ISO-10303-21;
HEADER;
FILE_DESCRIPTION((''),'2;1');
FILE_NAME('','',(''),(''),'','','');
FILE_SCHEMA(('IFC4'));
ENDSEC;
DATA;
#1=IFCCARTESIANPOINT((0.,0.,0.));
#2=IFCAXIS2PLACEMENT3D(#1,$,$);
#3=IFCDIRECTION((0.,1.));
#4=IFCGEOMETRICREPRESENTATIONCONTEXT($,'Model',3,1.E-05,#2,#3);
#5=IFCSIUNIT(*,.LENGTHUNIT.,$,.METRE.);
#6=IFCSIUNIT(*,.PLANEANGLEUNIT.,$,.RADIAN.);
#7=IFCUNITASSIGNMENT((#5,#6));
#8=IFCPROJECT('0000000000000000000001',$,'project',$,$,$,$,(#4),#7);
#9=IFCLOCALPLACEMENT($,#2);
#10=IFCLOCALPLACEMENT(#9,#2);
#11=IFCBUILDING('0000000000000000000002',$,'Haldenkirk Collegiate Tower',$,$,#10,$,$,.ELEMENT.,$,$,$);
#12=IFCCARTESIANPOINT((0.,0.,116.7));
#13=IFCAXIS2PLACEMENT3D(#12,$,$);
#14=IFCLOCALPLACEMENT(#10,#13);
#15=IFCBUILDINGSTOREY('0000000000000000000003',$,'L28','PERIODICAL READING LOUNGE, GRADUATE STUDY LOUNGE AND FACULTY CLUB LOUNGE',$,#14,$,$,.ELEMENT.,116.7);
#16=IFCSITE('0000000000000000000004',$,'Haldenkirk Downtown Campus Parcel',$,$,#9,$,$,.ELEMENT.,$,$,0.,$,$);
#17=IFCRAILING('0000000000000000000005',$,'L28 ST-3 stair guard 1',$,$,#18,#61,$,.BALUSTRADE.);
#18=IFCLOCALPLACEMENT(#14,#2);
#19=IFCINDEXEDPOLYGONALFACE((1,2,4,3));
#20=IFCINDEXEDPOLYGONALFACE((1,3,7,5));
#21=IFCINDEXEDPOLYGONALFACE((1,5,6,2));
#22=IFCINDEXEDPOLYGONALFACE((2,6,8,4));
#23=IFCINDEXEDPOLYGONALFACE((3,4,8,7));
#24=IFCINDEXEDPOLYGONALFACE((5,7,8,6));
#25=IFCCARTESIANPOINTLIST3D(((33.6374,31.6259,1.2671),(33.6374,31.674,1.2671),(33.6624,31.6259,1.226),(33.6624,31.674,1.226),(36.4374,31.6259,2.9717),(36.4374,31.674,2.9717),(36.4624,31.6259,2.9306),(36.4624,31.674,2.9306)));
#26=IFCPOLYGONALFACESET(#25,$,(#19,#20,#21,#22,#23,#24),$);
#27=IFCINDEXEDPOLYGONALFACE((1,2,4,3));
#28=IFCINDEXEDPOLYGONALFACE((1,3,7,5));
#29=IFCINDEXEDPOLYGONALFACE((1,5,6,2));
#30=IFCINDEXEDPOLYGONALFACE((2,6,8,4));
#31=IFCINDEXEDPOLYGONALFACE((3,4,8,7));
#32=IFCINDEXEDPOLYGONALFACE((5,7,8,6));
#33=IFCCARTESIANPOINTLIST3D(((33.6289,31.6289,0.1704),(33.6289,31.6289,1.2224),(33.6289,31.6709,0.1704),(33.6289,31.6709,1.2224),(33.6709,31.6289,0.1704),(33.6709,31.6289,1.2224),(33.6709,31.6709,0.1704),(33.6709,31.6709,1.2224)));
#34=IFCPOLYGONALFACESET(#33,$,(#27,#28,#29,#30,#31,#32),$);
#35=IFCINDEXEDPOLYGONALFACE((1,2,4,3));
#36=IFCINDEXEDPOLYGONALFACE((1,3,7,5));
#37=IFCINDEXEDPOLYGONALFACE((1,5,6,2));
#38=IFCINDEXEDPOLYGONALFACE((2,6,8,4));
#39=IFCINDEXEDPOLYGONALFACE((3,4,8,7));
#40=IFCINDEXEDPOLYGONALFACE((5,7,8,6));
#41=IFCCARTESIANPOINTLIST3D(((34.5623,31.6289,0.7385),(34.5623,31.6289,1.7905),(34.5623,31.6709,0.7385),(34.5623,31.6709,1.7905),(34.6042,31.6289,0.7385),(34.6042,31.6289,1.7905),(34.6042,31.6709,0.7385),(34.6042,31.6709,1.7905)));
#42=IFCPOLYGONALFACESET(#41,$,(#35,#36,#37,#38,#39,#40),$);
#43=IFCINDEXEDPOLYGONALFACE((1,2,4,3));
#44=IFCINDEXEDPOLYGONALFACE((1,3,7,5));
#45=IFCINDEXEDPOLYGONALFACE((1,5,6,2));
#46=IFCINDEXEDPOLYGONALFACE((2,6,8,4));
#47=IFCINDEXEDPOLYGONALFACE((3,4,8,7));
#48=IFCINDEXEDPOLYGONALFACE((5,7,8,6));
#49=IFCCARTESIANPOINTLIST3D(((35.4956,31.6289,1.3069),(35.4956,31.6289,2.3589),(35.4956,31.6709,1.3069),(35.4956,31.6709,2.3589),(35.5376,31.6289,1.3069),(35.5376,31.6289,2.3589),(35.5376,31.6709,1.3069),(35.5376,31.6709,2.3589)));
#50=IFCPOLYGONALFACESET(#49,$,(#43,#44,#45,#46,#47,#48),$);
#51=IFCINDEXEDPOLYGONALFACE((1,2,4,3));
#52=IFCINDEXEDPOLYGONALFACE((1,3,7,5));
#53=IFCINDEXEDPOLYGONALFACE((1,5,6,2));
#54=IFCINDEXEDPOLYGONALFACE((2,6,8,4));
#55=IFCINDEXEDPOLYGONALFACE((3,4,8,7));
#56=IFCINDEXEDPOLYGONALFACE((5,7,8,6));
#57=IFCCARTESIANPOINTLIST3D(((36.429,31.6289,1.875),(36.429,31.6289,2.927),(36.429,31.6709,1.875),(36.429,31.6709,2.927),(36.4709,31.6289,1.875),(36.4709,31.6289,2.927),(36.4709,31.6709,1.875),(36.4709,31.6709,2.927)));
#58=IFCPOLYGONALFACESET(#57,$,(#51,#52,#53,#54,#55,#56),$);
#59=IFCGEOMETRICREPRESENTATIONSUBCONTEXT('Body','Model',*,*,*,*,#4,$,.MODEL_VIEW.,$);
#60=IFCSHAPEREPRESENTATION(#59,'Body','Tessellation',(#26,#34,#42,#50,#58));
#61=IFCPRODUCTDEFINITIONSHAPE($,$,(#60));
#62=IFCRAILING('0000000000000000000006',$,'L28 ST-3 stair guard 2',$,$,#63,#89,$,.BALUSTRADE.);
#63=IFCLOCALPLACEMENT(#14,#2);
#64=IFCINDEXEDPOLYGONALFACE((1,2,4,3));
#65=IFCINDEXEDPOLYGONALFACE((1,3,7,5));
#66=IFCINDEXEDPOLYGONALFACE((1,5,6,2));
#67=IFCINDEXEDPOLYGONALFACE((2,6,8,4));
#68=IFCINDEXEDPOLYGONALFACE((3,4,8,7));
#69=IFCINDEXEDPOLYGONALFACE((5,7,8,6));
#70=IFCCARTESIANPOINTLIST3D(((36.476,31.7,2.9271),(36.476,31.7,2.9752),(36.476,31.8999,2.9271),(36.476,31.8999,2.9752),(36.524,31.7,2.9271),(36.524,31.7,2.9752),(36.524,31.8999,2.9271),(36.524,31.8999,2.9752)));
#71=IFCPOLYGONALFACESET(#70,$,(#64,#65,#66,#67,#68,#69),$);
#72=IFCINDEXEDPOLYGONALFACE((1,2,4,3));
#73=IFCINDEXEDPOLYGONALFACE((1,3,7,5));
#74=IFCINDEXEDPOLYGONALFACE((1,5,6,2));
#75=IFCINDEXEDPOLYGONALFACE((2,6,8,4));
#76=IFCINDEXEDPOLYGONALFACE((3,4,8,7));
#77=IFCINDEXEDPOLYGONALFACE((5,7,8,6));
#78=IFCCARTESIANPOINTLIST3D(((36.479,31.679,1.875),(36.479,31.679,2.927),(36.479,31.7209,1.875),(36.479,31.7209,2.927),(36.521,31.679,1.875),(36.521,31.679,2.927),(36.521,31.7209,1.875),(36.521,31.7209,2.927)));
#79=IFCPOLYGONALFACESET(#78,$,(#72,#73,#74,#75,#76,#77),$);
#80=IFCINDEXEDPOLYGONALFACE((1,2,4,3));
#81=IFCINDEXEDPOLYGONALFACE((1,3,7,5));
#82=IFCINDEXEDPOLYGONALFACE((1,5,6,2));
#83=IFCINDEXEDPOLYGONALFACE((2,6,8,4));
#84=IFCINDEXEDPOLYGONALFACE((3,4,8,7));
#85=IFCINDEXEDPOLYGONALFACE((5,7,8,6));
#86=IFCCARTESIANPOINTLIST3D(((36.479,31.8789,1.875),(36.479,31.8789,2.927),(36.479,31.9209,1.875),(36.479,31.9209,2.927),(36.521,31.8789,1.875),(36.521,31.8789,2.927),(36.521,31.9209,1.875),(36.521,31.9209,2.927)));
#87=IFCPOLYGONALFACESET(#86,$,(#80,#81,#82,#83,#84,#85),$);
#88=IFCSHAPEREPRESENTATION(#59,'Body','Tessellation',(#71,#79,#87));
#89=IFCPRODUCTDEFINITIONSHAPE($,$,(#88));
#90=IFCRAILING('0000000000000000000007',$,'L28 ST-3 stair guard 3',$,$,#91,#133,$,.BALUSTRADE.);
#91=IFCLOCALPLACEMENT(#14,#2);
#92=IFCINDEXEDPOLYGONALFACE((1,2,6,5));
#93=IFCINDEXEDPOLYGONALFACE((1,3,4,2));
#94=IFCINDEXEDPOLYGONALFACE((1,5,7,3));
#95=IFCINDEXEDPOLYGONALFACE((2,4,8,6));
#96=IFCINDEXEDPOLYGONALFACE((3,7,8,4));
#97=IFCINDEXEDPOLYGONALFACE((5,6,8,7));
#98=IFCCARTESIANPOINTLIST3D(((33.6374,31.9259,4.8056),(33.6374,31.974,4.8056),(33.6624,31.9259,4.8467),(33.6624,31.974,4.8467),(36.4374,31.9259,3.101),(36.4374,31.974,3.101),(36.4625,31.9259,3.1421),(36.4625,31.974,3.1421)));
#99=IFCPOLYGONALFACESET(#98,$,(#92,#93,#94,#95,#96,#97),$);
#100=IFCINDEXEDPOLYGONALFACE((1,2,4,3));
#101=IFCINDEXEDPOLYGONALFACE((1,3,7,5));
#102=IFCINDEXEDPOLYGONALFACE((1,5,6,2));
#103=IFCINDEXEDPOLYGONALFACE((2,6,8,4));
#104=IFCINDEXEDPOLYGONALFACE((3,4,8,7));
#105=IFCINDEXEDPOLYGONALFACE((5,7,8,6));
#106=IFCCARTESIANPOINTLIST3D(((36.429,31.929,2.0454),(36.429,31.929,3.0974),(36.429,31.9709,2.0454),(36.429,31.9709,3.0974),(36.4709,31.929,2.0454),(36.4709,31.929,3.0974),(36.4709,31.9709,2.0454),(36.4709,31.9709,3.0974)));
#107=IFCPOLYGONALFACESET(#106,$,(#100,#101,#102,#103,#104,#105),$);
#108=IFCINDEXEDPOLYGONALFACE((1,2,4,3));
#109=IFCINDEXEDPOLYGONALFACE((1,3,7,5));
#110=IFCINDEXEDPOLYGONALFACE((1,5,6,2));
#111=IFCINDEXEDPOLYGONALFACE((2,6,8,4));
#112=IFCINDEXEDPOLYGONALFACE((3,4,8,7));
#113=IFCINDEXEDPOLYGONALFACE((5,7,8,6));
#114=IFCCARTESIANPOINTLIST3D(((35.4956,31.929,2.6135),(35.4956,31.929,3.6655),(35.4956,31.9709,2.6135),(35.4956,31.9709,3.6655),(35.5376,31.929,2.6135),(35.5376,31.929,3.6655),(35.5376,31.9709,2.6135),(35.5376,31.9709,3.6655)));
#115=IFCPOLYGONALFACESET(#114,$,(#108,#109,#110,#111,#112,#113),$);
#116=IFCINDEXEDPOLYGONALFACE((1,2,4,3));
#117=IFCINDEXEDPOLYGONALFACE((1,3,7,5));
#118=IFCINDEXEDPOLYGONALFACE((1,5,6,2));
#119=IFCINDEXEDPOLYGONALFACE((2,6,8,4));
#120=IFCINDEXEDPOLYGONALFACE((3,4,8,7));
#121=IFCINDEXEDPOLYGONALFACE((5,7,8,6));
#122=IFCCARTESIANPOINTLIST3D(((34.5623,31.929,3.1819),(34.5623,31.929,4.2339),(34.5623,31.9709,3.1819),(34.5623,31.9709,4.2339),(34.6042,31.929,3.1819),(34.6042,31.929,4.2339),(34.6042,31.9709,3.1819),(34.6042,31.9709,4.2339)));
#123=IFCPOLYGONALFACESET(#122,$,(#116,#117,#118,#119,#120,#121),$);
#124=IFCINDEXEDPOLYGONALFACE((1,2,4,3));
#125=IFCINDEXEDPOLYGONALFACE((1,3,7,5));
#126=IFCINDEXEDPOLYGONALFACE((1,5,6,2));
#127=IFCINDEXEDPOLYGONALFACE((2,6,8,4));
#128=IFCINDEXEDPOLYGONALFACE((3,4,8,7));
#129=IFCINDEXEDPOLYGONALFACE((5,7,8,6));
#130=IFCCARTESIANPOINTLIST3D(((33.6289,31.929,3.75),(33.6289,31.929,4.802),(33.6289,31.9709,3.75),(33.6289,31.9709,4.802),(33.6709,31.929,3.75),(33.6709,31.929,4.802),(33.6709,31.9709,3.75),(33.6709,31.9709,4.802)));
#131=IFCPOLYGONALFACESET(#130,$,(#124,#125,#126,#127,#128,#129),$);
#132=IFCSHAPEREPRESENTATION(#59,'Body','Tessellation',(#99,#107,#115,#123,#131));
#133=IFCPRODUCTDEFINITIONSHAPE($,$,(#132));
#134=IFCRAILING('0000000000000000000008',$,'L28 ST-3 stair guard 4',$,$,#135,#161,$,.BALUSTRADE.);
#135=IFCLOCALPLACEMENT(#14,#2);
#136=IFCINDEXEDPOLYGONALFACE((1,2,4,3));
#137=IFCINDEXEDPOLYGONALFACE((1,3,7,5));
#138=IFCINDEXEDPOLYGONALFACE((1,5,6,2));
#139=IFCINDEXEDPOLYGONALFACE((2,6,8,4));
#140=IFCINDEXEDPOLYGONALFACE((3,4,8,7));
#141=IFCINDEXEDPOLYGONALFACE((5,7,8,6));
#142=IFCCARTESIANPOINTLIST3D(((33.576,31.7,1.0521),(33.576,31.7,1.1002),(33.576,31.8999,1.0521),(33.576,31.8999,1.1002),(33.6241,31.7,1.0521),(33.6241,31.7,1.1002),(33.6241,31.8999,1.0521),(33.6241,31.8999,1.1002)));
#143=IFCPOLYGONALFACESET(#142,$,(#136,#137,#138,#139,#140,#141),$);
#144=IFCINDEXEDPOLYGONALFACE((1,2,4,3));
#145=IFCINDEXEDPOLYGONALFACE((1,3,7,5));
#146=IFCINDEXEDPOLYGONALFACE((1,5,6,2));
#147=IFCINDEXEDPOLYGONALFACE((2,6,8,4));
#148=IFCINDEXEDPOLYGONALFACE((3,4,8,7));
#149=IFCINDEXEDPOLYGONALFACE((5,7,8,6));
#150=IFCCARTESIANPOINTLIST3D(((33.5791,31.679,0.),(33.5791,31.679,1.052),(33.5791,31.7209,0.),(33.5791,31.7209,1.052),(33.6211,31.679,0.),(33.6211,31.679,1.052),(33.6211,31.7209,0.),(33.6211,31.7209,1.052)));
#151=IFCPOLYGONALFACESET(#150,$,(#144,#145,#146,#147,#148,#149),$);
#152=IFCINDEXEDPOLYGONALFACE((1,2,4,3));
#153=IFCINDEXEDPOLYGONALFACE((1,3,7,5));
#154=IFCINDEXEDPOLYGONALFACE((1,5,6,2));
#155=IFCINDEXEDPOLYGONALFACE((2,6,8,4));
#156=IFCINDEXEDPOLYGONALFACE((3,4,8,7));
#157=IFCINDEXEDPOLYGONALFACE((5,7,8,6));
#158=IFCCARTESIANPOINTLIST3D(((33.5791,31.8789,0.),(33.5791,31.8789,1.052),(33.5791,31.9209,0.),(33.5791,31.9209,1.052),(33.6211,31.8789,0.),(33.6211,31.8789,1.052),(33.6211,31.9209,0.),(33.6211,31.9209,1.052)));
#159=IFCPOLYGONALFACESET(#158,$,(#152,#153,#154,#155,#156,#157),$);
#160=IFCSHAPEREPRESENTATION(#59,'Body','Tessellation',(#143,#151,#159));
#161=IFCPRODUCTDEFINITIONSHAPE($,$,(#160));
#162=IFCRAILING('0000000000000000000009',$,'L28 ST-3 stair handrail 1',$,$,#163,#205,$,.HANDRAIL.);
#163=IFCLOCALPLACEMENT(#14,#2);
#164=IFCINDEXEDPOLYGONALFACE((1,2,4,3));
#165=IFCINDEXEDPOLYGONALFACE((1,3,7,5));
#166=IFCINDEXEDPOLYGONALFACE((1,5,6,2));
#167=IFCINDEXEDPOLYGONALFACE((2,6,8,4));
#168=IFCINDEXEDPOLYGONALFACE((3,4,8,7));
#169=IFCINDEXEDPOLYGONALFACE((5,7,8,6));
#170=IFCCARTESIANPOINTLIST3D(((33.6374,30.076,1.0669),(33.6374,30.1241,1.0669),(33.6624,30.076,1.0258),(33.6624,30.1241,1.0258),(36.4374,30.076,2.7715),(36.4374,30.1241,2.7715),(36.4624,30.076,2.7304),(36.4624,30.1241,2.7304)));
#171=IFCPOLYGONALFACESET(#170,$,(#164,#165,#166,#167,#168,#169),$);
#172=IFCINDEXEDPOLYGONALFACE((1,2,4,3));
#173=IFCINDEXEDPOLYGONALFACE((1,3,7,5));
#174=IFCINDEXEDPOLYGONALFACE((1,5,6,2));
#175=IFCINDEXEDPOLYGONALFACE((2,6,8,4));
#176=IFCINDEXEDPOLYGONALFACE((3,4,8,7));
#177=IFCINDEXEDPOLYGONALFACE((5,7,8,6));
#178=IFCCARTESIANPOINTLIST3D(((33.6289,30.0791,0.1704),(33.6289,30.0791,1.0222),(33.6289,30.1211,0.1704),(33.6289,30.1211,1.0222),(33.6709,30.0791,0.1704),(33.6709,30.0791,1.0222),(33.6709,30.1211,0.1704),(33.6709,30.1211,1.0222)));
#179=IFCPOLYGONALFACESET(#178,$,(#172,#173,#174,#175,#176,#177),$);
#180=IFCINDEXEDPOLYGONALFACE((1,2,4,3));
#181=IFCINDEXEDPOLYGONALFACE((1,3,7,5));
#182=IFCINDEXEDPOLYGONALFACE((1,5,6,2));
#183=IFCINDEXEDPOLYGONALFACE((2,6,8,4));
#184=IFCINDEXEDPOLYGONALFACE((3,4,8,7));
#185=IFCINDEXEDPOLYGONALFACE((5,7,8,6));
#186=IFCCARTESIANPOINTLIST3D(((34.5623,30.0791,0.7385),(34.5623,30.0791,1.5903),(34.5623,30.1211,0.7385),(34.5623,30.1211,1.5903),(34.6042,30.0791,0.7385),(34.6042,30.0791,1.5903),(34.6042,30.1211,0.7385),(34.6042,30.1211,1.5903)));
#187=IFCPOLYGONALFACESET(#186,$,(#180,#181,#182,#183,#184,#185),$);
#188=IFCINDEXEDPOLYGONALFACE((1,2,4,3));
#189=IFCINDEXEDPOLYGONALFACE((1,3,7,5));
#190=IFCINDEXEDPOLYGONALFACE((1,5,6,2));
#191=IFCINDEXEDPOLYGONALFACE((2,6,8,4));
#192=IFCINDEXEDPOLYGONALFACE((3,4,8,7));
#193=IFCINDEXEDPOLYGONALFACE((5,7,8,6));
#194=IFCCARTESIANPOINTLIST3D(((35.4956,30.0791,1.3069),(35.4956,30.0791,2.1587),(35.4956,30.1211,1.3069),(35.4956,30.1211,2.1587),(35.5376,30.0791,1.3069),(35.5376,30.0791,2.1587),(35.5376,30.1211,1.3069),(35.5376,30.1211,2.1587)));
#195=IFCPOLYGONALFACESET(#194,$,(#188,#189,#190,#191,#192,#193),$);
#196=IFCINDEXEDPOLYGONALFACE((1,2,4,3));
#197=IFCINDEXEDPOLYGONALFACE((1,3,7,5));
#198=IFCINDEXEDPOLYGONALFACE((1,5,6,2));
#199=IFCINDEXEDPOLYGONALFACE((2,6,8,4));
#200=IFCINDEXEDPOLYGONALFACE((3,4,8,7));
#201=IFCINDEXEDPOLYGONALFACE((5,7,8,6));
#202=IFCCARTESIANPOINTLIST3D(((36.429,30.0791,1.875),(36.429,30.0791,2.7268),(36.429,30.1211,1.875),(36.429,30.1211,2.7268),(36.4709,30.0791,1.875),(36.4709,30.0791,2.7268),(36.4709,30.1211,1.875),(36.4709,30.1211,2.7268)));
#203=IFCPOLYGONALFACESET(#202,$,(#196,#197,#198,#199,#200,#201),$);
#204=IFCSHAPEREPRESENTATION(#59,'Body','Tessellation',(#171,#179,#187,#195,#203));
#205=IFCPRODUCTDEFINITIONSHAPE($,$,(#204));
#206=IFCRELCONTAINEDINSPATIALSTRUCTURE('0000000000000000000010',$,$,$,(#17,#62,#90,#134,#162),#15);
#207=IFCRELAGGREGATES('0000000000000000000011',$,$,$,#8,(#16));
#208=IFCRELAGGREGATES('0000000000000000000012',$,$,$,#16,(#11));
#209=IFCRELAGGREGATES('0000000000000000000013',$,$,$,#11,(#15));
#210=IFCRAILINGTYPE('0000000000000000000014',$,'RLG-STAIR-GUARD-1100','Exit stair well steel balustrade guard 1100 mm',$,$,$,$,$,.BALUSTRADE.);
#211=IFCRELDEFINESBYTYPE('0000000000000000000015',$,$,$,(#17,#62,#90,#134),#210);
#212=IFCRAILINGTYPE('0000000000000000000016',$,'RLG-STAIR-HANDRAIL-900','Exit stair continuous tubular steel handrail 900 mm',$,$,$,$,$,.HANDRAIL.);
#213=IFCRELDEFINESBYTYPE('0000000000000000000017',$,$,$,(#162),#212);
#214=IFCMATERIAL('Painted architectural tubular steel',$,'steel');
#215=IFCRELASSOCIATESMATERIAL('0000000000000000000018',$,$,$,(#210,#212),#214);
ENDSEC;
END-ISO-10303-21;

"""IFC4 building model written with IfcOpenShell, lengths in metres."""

from ifc_helpers import new_model, si_unit, direction, frame, origin, origin_2d, place, context, subcontext, project, spatial, rectangle, extrude, material, type_object, element, save


model = new_model("IFC4")

# Units and contexts
model_context = context("Model", 3, precision=1e-05, world=origin(), true_north=direction((0.0, 1.0)))
body_context = subcontext(model_context, "Body", "Model", "MODEL_VIEW")
ifc_project = project(units=[si_unit("LENGTHUNIT", "METRE"), si_unit("PLANEANGLEUNIT", "RADIAN")], contexts=[model_context])

# Site, building, storey
site_placement = place(None, origin())
site = spatial("IfcSite", under=ifc_project, at=site_placement, Name="Haldenkirk Downtown Campus Parcel", CompositionType="ELEMENT", RefElevation=0.0)
building_placement = place(site_placement, origin())
building = spatial("IfcBuilding", under=site, at=building_placement, Name="Haldenkirk Collegiate Tower", CompositionType="ELEMENT")
storey_placement = place(building_placement, frame((0.0, 0.0, 116.7)))
storey = spatial("IfcBuildingStorey", under=building, at=storey_placement, Name="L28", Description="PERIODICAL READING LOUNGE, GRADUATE STUDY LOUNGE AND FACULTY CLUB LOUNGE", CompositionType="ELEMENT", Elevation=116.7)

# Railings
ifc_material_1 = material(Name="Painted architectural tubular steel", Category="steel")
railing_type_1 = type_object("IfcRailingType", Name="RLG-STAIR-GUARD-1100", Description="Exit stair well steel balustrade guard 1100 mm", PredefinedType="BALUSTRADE", material=ifc_material_1)
railing_1_placement = place(storey_placement, frame((33.6499, 31.6499, 0.1704)))
element("IfcRailing", 1, at=railing_1_placement, inside=storey, type_object=railing_type_1, Name="L28 ST-3 stair guard 1", PredefinedType="BALUSTRADE", context=body_context, shape_type="SweptSolid", body=[
    extrude(rectangle(XDim=0.0481, YDim=0.0481, at=origin_2d()), frame((0.0, 0.0, 1.0762), z_axis=(0.85417, 0.0, 0.519994), x_axis=(0.0, 1.0, 0.0)), (0.0, 0.0, 1.0), 3.2781),
    extrude(rectangle(XDim=0.042, YDim=0.042, at=origin_2d()), origin(), (0.0, 0.0, 1.0), 1.052),
    extrude(rectangle(XDim=0.042, YDim=0.042, at=origin_2d()), frame((0.9333, 0.0, 0.5681)), (0.0, 0.0, 1.0), 1.052),
    extrude(rectangle(XDim=0.042, YDim=0.042, at=origin_2d()), frame((1.8667, 0.0, 1.1365)), (0.0, 0.0, 1.0), 1.052),
    extrude(rectangle(XDim=0.042, YDim=0.042, at=origin_2d()), frame((2.8, 0.0, 1.7046)), (0.0, 0.0, 1.0), 1.052),
])
railing_2_placement = place(storey_placement, frame((36.5, 31.7, 1.875)))
element("IfcRailing", 2, at=railing_2_placement, inside=storey, type_object=railing_type_1, Name="L28 ST-3 stair guard 2", PredefinedType="BALUSTRADE", context=body_context, shape_type="SweptSolid", body=[
    extrude(rectangle(XDim=0.0481, YDim=0.0481, at=origin_2d()), frame((0.0, 0.0, 1.0762), z_axis=(0.0, 1.0, 0.0), x_axis=(-1.0, 0.0, 0.0)), (0.0, 0.0, 1.0), 0.2),
    extrude(rectangle(XDim=0.042, YDim=0.042, at=origin_2d()), origin(), (0.0, 0.0, 1.0), 1.052),
    extrude(rectangle(XDim=0.042, YDim=0.042, at=origin_2d()), frame((0.0, 0.2, 0.0)), (0.0, 0.0, 1.0), 1.052),
])
railing_3_placement = place(storey_placement, frame((36.45, 31.95, 2.0454)))
element("IfcRailing", 3, at=railing_3_placement, inside=storey, type_object=railing_type_1, Name="L28 ST-3 stair guard 3", PredefinedType="BALUSTRADE", context=body_context, shape_type="SweptSolid", body=[
    extrude(rectangle(XDim=0.0481, YDim=0.0481, at=origin_2d()), frame((0.0, 0.0, 1.0762), z_axis=(-0.85417, 0.0, 0.519994), x_axis=(0.0, -1.0, 0.0)), (0.0, 0.0, 1.0), 3.2781),
    extrude(rectangle(XDim=0.042, YDim=0.042, at=origin_2d()), origin(), (0.0, 0.0, 1.0), 1.052),
    extrude(rectangle(XDim=0.042, YDim=0.042, at=origin_2d()), frame((-0.9333, 0.0, 0.5681)), (0.0, 0.0, 1.0), 1.052),
    extrude(rectangle(XDim=0.042, YDim=0.042, at=origin_2d()), frame((-1.8667, 0.0, 1.1365)), (0.0, 0.0, 1.0), 1.052),
    extrude(rectangle(XDim=0.042, YDim=0.042, at=origin_2d()), frame((-2.8, 0.0, 1.7046)), (0.0, 0.0, 1.0), 1.052),
])
railing_4_placement = place(storey_placement, frame((33.6001, 31.7, 0.0)))
element("IfcRailing", 4, at=railing_4_placement, inside=storey, type_object=railing_type_1, Name="L28 ST-3 stair guard 4", PredefinedType="BALUSTRADE", context=body_context, shape_type="SweptSolid", body=[
    extrude(rectangle(XDim=0.0481, YDim=0.0481, at=origin_2d()), frame((0.0, 0.0, 1.0762), z_axis=(0.0, 1.0, 0.0), x_axis=(-1.0, 0.0, 0.0)), (0.0, 0.0, 1.0), 0.2),
    extrude(rectangle(XDim=0.042, YDim=0.042, at=origin_2d()), origin(), (0.0, 0.0, 1.0), 1.052),
    extrude(rectangle(XDim=0.042, YDim=0.042, at=origin_2d()), frame((0.0, 0.2, 0.0)), (0.0, 0.0, 1.0), 1.052),
])
railing_type_2 = type_object("IfcRailingType", Name="RLG-STAIR-HANDRAIL-900", Description="Exit stair continuous tubular steel handrail 900 mm", PredefinedType="HANDRAIL", material=ifc_material_1)
railing_5_placement = place(storey_placement, frame((33.6499, 30.1001, 0.1704)))
element("IfcRailing", 5, at=railing_5_placement, inside=storey, type_object=railing_type_2, Name="L28 ST-3 stair handrail 1", PredefinedType="HANDRAIL", context=body_context, shape_type="SweptSolid", body=[
    extrude(rectangle(XDim=0.0481, YDim=0.0481, at=origin_2d()), frame((0.0, 0.0, 0.876), z_axis=(0.85417, 0.0, 0.519994), x_axis=(0.0, 1.0, 0.0)), (0.0, 0.0, 1.0), 3.2781),
    extrude(rectangle(XDim=0.042, YDim=0.042, at=origin_2d()), origin(), (0.0, 0.0, 1.0), 0.8518),
    extrude(rectangle(XDim=0.042, YDim=0.042, at=origin_2d()), frame((0.9333, 0.0, 0.5681)), (0.0, 0.0, 1.0), 0.8518),
    extrude(rectangle(XDim=0.042, YDim=0.042, at=origin_2d()), frame((1.8667, 0.0, 1.1365)), (0.0, 0.0, 1.0), 0.8518),
    extrude(rectangle(XDim=0.042, YDim=0.042, at=origin_2d()), frame((2.8, 0.0, 1.7046)), (0.0, 0.0, 1.0), 0.8518),
])

save(model, "model.ifc")
